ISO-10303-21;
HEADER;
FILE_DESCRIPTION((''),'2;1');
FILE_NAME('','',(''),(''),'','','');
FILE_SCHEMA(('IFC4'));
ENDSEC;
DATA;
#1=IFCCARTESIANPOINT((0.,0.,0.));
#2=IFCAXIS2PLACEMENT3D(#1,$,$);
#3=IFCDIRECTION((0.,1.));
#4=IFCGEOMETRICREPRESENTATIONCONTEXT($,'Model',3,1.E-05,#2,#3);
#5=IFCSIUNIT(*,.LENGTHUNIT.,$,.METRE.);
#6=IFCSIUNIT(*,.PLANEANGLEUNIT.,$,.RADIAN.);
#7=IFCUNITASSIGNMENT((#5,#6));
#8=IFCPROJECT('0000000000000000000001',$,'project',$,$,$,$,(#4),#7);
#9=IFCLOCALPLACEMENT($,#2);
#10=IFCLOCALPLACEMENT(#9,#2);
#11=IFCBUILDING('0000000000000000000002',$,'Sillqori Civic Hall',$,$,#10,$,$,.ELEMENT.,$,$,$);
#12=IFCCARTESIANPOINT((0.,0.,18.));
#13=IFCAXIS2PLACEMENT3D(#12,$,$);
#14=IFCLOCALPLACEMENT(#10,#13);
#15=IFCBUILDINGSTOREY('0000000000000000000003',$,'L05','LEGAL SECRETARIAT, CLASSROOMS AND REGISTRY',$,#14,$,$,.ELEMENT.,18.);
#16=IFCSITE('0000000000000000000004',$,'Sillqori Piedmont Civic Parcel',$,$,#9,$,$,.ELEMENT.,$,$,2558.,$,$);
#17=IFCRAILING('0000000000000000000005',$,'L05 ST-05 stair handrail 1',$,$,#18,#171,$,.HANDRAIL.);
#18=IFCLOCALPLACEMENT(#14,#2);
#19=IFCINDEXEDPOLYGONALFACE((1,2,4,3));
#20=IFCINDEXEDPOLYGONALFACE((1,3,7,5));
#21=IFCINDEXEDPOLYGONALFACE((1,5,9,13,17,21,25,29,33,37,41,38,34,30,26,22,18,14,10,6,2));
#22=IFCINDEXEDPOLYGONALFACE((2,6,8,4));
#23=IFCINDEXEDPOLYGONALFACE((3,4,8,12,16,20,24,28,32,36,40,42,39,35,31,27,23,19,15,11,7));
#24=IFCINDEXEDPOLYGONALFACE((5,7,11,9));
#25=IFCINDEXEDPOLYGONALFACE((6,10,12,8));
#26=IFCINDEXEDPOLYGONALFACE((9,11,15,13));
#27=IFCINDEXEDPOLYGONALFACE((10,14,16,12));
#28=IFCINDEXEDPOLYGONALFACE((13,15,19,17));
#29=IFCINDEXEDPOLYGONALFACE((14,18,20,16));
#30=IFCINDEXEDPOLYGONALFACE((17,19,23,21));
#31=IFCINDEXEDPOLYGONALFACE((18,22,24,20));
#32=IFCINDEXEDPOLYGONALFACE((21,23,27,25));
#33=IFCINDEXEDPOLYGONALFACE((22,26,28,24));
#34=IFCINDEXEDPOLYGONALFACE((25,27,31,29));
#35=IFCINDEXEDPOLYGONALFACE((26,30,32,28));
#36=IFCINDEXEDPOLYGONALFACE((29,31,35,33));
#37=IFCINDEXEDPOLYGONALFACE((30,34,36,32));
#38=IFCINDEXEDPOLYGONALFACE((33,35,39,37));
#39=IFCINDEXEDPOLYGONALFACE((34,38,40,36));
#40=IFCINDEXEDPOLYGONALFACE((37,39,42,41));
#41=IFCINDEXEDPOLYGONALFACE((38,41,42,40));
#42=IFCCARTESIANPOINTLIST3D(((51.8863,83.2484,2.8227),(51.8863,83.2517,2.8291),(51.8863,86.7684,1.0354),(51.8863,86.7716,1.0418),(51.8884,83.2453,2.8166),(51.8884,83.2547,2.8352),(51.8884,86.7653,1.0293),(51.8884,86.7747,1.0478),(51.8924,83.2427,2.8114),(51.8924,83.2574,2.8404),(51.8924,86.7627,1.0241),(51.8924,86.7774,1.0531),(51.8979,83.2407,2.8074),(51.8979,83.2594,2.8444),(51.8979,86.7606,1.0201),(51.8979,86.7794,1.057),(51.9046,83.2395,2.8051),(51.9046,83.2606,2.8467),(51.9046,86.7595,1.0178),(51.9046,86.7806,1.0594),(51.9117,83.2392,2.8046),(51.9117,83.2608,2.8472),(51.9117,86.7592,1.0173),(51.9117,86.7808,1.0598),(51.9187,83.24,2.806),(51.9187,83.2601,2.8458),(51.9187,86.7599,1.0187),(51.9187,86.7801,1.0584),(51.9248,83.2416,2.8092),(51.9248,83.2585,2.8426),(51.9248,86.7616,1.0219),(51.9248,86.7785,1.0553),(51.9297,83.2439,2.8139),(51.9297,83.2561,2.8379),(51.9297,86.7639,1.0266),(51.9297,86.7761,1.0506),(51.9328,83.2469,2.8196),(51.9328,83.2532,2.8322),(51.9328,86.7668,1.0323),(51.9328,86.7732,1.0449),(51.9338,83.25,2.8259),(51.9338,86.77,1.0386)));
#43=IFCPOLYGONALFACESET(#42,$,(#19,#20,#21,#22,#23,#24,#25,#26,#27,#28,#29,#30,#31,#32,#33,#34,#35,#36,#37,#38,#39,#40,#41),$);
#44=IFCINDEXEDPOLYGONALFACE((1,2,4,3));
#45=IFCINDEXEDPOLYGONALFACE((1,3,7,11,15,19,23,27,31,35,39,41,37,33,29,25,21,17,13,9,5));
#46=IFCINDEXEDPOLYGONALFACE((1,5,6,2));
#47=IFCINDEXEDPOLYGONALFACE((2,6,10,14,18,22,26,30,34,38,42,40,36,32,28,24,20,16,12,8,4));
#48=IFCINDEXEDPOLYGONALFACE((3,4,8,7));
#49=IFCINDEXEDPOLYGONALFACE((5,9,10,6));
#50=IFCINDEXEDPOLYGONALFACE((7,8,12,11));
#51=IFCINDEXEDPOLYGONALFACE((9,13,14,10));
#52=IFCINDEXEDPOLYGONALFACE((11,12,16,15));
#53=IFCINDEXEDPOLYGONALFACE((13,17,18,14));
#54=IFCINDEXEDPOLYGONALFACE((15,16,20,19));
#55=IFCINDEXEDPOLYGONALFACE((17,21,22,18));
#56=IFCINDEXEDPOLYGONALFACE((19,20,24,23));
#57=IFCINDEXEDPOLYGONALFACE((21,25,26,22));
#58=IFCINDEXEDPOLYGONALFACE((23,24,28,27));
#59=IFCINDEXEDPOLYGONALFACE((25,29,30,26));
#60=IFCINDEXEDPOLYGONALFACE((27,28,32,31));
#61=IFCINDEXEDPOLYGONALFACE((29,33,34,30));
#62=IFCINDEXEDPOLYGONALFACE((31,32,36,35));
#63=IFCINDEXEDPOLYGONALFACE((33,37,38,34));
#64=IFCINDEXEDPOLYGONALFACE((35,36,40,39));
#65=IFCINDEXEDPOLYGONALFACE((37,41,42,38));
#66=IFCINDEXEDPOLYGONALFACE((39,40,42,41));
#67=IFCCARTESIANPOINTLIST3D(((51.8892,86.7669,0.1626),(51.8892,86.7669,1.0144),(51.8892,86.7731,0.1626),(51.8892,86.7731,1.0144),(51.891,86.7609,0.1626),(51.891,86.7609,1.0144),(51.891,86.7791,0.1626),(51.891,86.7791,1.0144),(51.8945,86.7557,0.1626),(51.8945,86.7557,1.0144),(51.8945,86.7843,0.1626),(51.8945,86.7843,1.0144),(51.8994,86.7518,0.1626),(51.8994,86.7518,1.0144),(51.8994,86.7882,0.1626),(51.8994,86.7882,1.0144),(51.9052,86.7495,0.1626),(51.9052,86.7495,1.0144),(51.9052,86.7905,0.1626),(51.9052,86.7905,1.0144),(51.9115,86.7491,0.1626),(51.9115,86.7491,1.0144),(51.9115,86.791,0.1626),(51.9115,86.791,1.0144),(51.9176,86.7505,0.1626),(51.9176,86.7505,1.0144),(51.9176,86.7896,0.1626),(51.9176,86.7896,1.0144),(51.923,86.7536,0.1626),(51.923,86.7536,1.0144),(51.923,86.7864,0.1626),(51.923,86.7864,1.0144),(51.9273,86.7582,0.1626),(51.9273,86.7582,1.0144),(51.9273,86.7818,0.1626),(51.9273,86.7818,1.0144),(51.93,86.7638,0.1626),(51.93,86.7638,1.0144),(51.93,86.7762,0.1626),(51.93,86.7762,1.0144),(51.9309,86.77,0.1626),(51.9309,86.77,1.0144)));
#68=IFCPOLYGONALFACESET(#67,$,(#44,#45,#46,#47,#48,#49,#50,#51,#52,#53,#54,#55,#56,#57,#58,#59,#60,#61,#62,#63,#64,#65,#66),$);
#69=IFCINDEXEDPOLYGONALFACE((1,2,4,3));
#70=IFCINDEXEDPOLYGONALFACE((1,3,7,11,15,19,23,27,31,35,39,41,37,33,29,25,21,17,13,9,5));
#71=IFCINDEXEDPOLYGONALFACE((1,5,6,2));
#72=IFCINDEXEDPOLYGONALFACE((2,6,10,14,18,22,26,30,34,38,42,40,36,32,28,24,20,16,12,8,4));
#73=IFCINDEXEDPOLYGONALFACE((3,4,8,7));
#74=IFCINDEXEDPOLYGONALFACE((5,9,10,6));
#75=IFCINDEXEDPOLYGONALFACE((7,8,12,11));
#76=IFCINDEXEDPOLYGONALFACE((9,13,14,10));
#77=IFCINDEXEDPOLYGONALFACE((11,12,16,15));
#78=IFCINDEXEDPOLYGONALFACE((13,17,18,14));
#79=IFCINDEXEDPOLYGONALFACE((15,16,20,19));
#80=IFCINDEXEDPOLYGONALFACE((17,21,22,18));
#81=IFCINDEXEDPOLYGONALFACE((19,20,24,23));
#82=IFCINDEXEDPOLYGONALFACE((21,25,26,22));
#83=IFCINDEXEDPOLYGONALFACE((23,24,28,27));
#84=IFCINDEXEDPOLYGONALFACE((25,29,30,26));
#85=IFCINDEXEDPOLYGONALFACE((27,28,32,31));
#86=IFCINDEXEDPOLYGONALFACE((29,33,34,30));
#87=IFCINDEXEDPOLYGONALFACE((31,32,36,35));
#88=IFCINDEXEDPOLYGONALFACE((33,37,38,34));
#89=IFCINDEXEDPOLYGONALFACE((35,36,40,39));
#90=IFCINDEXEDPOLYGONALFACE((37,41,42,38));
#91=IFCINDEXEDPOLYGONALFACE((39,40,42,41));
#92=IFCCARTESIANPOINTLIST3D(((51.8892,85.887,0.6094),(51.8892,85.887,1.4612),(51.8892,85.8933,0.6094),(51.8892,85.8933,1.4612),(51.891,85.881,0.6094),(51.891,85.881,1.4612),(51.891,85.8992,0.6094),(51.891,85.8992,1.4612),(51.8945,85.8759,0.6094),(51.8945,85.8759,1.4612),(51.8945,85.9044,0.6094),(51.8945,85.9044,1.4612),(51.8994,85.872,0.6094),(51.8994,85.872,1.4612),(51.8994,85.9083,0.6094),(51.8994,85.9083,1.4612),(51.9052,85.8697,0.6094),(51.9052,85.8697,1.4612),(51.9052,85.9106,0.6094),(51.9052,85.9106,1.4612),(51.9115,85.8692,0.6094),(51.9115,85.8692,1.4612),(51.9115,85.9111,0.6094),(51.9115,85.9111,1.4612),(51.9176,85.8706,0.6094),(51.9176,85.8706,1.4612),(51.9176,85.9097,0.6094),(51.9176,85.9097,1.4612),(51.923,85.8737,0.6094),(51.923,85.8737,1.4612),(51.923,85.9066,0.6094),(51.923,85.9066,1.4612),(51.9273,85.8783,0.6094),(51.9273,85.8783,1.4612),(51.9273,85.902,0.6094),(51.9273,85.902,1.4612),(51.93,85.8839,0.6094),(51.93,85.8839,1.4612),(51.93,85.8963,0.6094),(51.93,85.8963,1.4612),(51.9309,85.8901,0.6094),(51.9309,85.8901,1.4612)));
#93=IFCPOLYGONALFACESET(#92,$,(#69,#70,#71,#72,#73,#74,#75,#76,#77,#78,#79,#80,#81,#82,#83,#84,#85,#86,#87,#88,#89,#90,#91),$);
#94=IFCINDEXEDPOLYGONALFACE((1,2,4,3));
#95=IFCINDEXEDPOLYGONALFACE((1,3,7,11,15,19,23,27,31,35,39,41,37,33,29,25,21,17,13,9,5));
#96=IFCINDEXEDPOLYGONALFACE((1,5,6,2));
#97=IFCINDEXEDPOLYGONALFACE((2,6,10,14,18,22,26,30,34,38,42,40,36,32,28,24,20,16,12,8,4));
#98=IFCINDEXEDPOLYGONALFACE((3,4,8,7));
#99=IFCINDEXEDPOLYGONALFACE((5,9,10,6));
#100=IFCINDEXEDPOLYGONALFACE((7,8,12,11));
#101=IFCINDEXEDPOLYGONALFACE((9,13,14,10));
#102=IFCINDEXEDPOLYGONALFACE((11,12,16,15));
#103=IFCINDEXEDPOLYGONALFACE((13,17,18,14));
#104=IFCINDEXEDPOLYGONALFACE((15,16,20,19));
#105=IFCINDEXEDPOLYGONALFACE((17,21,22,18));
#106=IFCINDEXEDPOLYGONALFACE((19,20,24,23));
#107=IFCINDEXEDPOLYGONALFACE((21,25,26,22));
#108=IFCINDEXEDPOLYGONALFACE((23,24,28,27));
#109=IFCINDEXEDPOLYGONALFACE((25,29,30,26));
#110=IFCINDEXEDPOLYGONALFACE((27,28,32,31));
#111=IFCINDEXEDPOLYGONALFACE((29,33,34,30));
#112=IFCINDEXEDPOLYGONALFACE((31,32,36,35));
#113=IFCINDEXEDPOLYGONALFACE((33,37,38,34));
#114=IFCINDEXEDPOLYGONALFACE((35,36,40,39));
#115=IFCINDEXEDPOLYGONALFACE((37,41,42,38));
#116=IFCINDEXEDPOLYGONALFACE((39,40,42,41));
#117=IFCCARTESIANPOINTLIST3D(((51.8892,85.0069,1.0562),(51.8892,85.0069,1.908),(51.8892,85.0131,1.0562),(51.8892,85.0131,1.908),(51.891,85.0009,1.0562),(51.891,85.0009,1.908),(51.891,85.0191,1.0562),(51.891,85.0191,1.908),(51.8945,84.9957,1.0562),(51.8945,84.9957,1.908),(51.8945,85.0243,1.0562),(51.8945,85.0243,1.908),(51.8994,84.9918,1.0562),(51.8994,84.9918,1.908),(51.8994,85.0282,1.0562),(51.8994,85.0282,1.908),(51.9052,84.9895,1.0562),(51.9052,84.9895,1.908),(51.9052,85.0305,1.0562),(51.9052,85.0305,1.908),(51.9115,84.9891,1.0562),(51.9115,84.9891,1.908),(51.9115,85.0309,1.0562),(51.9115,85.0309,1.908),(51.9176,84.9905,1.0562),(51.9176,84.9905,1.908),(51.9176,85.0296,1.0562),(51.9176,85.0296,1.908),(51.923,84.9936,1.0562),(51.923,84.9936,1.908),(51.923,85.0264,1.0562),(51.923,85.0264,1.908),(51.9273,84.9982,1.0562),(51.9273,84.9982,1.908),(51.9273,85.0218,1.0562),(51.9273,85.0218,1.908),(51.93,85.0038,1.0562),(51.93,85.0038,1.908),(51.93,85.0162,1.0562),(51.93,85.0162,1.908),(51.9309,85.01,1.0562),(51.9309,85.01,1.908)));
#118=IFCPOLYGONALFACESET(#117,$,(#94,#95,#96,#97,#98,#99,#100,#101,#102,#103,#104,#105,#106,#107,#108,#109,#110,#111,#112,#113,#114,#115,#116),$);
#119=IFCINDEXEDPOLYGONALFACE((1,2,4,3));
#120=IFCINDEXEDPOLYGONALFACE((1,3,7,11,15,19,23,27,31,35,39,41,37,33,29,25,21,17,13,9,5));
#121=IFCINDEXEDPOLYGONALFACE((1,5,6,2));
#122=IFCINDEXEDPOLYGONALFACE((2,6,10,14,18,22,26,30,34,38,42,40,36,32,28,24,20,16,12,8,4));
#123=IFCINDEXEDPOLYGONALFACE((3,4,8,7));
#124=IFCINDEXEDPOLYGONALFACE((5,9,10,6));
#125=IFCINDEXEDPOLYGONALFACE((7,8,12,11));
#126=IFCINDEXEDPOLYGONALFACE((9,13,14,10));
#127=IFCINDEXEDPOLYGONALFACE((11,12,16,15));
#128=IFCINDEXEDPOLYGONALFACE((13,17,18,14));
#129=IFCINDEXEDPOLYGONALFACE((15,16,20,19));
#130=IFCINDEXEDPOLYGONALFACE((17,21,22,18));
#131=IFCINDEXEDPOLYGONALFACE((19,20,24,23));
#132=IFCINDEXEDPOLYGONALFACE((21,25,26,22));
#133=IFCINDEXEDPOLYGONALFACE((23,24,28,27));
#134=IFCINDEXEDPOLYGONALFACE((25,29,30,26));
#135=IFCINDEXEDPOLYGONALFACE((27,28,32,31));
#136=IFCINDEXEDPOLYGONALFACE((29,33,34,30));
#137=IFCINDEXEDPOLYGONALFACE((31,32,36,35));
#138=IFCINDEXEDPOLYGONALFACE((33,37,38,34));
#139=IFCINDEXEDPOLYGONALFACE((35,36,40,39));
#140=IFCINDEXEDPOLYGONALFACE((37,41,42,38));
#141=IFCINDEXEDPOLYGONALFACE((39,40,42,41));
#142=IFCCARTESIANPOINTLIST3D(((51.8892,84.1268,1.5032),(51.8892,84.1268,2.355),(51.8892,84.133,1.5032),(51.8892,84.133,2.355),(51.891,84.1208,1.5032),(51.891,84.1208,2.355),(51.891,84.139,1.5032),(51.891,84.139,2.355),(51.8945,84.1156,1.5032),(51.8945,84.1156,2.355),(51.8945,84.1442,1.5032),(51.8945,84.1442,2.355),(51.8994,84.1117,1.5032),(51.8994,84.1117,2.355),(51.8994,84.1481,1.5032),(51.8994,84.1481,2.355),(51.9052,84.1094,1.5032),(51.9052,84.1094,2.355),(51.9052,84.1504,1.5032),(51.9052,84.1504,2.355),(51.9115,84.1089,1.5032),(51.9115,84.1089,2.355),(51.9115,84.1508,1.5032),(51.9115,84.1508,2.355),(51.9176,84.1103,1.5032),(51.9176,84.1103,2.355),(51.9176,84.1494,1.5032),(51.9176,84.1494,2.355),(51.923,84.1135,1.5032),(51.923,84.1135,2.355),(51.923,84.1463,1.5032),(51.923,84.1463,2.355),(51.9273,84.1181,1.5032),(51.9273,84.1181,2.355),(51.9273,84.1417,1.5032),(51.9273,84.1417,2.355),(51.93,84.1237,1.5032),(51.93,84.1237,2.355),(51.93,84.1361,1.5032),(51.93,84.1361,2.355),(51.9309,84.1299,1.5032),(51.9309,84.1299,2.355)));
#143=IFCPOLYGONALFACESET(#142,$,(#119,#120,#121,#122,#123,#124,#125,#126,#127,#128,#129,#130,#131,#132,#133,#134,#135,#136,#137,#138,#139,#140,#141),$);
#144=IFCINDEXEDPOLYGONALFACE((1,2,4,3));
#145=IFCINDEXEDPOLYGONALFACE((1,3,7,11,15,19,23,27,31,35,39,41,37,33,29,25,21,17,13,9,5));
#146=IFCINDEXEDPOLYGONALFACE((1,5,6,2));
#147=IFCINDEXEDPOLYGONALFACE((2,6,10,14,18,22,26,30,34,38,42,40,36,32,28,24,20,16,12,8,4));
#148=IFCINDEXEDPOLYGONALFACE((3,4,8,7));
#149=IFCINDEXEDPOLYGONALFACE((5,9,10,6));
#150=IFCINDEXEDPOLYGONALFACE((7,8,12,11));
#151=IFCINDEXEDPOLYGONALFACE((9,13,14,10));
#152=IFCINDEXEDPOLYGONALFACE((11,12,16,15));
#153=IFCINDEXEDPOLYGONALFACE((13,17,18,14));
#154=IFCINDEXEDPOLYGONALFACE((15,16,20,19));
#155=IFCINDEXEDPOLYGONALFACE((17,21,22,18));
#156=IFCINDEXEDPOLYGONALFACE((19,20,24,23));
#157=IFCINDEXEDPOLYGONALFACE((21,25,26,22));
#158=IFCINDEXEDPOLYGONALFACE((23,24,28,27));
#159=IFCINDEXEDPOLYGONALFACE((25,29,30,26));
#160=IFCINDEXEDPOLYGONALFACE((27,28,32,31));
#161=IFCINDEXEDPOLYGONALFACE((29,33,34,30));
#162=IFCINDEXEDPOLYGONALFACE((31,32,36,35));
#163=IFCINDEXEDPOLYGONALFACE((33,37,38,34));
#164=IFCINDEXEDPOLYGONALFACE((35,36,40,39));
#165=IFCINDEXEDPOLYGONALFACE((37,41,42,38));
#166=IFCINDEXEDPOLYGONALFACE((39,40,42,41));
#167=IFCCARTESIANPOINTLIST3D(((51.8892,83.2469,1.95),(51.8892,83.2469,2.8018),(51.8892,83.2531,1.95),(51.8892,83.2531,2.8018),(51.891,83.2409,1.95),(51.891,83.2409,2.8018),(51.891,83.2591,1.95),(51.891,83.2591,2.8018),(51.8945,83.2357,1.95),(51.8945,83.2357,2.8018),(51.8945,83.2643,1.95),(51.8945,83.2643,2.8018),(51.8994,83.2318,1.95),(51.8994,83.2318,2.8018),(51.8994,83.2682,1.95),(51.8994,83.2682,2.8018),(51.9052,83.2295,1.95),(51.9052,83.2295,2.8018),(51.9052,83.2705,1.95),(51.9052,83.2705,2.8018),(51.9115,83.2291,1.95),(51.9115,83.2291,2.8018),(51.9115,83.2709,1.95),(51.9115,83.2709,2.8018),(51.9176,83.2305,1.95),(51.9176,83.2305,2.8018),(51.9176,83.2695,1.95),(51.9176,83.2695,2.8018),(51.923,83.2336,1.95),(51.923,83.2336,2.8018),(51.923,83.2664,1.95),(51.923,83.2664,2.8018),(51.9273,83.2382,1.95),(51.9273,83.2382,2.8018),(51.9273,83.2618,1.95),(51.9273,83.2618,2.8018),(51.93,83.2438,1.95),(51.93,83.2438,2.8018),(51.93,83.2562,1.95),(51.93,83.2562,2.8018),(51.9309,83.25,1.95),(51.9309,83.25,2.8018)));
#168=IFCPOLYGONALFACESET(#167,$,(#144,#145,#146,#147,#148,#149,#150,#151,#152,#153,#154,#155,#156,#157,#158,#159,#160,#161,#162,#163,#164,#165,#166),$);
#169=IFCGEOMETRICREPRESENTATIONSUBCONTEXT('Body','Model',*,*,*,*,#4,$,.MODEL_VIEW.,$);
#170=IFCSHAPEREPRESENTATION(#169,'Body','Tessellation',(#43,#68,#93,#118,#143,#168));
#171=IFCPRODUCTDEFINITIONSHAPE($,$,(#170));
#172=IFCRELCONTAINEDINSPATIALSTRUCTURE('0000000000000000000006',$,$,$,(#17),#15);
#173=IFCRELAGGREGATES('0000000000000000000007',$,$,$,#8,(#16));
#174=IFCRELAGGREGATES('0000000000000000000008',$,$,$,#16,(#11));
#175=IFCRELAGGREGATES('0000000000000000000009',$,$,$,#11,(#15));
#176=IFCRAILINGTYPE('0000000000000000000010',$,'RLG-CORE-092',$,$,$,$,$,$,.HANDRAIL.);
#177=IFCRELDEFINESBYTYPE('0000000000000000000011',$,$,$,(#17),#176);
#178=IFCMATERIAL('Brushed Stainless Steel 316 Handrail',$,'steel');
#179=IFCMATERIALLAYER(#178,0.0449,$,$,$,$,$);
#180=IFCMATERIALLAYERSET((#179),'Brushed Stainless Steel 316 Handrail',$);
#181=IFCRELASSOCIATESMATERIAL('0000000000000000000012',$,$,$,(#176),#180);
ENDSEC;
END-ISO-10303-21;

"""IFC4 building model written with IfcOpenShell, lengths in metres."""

from ifc_helpers import new_model, si_unit, direction, frame, origin, origin_2d, place, context, subcontext, project, spatial, circle, extrude, material, layer, layer_set, type_object, element, save


model = new_model("IFC4")

# Units and contexts
model_context = context("Model", 3, precision=1e-05, world=origin(), true_north=direction((0.0, 1.0)))
body_context = subcontext(model_context, "Body", "Model", "MODEL_VIEW")
ifc_project = project(units=[si_unit("LENGTHUNIT", "METRE"), si_unit("PLANEANGLEUNIT", "RADIAN")], contexts=[model_context])

# Site, building, storey
site_placement = place(None, origin())
site = spatial("IfcSite", under=ifc_project, at=site_placement, Name="Sillqori Piedmont Civic Parcel", CompositionType="ELEMENT", RefElevation=2558.0)
building_placement = place(site_placement, origin())
building = spatial("IfcBuilding", under=site, at=building_placement, Name="Sillqori Civic Hall", CompositionType="ELEMENT")
storey_placement = place(building_placement, frame((0.0, 0.0, 18.0)))
storey = spatial("IfcBuildingStorey", under=building, at=storey_placement, Name="L05", Description="LEGAL SECRETARIAT, CLASSROOMS AND REGISTRY", CompositionType="ELEMENT", Elevation=18.0)

# Railing
ifc_material_1 = material(Name="Brushed Stainless Steel 316 Handrail", Category="steel")
ifc_layer_1 = layer(ifc_material_1, 0.0449)
ifc_layer_set_1 = layer_set([ifc_layer_1], Name="Brushed Stainless Steel 316 Handrail")
railing_type = type_object("IfcRailingType", Name="RLG-CORE-092", PredefinedType="HANDRAIL", material=ifc_layer_set_1)
railing_placement = place(storey_placement, frame((51.9099, 86.77, 0.1626)))
element("IfcRailing", 1, at=railing_placement, inside=storey, type_object=railing_type, Name="L05 ST-05 stair handrail 1", PredefinedType="HANDRAIL", context=body_context, shape_type="SweptSolid", body=[
    extrude(circle(Radius=0.0239, at=origin_2d()), frame((0.0, 0.0, 0.876), z_axis=(0.0, -0.89164, 0.452746), x_axis=(1.0, 0.0, 0.0)), (0.0, 0.0, 1.0), 3.9478),
    extrude(circle(Radius=0.021, at=origin_2d()), origin(), (0.0, 0.0, 1.0), 0.8518),
    extrude(circle(Radius=0.021, at=origin_2d()), frame((0.0, -0.8799, 0.4468)), (0.0, 0.0, 1.0), 0.8518),
    extrude(circle(Radius=0.021, at=origin_2d()), frame((0.0, -1.76, 0.8936)), (0.0, 0.0, 1.0), 0.8518),
    extrude(circle(Radius=0.021, at=origin_2d()), frame((0.0, -2.6401, 1.3406)), (0.0, 0.0, 1.0), 0.8518),
    extrude(circle(Radius=0.021, at=origin_2d()), frame((0.0, -3.52, 1.7874)), (0.0, 0.0, 1.0), 0.8518),
])

save(model, "model.ifc")
